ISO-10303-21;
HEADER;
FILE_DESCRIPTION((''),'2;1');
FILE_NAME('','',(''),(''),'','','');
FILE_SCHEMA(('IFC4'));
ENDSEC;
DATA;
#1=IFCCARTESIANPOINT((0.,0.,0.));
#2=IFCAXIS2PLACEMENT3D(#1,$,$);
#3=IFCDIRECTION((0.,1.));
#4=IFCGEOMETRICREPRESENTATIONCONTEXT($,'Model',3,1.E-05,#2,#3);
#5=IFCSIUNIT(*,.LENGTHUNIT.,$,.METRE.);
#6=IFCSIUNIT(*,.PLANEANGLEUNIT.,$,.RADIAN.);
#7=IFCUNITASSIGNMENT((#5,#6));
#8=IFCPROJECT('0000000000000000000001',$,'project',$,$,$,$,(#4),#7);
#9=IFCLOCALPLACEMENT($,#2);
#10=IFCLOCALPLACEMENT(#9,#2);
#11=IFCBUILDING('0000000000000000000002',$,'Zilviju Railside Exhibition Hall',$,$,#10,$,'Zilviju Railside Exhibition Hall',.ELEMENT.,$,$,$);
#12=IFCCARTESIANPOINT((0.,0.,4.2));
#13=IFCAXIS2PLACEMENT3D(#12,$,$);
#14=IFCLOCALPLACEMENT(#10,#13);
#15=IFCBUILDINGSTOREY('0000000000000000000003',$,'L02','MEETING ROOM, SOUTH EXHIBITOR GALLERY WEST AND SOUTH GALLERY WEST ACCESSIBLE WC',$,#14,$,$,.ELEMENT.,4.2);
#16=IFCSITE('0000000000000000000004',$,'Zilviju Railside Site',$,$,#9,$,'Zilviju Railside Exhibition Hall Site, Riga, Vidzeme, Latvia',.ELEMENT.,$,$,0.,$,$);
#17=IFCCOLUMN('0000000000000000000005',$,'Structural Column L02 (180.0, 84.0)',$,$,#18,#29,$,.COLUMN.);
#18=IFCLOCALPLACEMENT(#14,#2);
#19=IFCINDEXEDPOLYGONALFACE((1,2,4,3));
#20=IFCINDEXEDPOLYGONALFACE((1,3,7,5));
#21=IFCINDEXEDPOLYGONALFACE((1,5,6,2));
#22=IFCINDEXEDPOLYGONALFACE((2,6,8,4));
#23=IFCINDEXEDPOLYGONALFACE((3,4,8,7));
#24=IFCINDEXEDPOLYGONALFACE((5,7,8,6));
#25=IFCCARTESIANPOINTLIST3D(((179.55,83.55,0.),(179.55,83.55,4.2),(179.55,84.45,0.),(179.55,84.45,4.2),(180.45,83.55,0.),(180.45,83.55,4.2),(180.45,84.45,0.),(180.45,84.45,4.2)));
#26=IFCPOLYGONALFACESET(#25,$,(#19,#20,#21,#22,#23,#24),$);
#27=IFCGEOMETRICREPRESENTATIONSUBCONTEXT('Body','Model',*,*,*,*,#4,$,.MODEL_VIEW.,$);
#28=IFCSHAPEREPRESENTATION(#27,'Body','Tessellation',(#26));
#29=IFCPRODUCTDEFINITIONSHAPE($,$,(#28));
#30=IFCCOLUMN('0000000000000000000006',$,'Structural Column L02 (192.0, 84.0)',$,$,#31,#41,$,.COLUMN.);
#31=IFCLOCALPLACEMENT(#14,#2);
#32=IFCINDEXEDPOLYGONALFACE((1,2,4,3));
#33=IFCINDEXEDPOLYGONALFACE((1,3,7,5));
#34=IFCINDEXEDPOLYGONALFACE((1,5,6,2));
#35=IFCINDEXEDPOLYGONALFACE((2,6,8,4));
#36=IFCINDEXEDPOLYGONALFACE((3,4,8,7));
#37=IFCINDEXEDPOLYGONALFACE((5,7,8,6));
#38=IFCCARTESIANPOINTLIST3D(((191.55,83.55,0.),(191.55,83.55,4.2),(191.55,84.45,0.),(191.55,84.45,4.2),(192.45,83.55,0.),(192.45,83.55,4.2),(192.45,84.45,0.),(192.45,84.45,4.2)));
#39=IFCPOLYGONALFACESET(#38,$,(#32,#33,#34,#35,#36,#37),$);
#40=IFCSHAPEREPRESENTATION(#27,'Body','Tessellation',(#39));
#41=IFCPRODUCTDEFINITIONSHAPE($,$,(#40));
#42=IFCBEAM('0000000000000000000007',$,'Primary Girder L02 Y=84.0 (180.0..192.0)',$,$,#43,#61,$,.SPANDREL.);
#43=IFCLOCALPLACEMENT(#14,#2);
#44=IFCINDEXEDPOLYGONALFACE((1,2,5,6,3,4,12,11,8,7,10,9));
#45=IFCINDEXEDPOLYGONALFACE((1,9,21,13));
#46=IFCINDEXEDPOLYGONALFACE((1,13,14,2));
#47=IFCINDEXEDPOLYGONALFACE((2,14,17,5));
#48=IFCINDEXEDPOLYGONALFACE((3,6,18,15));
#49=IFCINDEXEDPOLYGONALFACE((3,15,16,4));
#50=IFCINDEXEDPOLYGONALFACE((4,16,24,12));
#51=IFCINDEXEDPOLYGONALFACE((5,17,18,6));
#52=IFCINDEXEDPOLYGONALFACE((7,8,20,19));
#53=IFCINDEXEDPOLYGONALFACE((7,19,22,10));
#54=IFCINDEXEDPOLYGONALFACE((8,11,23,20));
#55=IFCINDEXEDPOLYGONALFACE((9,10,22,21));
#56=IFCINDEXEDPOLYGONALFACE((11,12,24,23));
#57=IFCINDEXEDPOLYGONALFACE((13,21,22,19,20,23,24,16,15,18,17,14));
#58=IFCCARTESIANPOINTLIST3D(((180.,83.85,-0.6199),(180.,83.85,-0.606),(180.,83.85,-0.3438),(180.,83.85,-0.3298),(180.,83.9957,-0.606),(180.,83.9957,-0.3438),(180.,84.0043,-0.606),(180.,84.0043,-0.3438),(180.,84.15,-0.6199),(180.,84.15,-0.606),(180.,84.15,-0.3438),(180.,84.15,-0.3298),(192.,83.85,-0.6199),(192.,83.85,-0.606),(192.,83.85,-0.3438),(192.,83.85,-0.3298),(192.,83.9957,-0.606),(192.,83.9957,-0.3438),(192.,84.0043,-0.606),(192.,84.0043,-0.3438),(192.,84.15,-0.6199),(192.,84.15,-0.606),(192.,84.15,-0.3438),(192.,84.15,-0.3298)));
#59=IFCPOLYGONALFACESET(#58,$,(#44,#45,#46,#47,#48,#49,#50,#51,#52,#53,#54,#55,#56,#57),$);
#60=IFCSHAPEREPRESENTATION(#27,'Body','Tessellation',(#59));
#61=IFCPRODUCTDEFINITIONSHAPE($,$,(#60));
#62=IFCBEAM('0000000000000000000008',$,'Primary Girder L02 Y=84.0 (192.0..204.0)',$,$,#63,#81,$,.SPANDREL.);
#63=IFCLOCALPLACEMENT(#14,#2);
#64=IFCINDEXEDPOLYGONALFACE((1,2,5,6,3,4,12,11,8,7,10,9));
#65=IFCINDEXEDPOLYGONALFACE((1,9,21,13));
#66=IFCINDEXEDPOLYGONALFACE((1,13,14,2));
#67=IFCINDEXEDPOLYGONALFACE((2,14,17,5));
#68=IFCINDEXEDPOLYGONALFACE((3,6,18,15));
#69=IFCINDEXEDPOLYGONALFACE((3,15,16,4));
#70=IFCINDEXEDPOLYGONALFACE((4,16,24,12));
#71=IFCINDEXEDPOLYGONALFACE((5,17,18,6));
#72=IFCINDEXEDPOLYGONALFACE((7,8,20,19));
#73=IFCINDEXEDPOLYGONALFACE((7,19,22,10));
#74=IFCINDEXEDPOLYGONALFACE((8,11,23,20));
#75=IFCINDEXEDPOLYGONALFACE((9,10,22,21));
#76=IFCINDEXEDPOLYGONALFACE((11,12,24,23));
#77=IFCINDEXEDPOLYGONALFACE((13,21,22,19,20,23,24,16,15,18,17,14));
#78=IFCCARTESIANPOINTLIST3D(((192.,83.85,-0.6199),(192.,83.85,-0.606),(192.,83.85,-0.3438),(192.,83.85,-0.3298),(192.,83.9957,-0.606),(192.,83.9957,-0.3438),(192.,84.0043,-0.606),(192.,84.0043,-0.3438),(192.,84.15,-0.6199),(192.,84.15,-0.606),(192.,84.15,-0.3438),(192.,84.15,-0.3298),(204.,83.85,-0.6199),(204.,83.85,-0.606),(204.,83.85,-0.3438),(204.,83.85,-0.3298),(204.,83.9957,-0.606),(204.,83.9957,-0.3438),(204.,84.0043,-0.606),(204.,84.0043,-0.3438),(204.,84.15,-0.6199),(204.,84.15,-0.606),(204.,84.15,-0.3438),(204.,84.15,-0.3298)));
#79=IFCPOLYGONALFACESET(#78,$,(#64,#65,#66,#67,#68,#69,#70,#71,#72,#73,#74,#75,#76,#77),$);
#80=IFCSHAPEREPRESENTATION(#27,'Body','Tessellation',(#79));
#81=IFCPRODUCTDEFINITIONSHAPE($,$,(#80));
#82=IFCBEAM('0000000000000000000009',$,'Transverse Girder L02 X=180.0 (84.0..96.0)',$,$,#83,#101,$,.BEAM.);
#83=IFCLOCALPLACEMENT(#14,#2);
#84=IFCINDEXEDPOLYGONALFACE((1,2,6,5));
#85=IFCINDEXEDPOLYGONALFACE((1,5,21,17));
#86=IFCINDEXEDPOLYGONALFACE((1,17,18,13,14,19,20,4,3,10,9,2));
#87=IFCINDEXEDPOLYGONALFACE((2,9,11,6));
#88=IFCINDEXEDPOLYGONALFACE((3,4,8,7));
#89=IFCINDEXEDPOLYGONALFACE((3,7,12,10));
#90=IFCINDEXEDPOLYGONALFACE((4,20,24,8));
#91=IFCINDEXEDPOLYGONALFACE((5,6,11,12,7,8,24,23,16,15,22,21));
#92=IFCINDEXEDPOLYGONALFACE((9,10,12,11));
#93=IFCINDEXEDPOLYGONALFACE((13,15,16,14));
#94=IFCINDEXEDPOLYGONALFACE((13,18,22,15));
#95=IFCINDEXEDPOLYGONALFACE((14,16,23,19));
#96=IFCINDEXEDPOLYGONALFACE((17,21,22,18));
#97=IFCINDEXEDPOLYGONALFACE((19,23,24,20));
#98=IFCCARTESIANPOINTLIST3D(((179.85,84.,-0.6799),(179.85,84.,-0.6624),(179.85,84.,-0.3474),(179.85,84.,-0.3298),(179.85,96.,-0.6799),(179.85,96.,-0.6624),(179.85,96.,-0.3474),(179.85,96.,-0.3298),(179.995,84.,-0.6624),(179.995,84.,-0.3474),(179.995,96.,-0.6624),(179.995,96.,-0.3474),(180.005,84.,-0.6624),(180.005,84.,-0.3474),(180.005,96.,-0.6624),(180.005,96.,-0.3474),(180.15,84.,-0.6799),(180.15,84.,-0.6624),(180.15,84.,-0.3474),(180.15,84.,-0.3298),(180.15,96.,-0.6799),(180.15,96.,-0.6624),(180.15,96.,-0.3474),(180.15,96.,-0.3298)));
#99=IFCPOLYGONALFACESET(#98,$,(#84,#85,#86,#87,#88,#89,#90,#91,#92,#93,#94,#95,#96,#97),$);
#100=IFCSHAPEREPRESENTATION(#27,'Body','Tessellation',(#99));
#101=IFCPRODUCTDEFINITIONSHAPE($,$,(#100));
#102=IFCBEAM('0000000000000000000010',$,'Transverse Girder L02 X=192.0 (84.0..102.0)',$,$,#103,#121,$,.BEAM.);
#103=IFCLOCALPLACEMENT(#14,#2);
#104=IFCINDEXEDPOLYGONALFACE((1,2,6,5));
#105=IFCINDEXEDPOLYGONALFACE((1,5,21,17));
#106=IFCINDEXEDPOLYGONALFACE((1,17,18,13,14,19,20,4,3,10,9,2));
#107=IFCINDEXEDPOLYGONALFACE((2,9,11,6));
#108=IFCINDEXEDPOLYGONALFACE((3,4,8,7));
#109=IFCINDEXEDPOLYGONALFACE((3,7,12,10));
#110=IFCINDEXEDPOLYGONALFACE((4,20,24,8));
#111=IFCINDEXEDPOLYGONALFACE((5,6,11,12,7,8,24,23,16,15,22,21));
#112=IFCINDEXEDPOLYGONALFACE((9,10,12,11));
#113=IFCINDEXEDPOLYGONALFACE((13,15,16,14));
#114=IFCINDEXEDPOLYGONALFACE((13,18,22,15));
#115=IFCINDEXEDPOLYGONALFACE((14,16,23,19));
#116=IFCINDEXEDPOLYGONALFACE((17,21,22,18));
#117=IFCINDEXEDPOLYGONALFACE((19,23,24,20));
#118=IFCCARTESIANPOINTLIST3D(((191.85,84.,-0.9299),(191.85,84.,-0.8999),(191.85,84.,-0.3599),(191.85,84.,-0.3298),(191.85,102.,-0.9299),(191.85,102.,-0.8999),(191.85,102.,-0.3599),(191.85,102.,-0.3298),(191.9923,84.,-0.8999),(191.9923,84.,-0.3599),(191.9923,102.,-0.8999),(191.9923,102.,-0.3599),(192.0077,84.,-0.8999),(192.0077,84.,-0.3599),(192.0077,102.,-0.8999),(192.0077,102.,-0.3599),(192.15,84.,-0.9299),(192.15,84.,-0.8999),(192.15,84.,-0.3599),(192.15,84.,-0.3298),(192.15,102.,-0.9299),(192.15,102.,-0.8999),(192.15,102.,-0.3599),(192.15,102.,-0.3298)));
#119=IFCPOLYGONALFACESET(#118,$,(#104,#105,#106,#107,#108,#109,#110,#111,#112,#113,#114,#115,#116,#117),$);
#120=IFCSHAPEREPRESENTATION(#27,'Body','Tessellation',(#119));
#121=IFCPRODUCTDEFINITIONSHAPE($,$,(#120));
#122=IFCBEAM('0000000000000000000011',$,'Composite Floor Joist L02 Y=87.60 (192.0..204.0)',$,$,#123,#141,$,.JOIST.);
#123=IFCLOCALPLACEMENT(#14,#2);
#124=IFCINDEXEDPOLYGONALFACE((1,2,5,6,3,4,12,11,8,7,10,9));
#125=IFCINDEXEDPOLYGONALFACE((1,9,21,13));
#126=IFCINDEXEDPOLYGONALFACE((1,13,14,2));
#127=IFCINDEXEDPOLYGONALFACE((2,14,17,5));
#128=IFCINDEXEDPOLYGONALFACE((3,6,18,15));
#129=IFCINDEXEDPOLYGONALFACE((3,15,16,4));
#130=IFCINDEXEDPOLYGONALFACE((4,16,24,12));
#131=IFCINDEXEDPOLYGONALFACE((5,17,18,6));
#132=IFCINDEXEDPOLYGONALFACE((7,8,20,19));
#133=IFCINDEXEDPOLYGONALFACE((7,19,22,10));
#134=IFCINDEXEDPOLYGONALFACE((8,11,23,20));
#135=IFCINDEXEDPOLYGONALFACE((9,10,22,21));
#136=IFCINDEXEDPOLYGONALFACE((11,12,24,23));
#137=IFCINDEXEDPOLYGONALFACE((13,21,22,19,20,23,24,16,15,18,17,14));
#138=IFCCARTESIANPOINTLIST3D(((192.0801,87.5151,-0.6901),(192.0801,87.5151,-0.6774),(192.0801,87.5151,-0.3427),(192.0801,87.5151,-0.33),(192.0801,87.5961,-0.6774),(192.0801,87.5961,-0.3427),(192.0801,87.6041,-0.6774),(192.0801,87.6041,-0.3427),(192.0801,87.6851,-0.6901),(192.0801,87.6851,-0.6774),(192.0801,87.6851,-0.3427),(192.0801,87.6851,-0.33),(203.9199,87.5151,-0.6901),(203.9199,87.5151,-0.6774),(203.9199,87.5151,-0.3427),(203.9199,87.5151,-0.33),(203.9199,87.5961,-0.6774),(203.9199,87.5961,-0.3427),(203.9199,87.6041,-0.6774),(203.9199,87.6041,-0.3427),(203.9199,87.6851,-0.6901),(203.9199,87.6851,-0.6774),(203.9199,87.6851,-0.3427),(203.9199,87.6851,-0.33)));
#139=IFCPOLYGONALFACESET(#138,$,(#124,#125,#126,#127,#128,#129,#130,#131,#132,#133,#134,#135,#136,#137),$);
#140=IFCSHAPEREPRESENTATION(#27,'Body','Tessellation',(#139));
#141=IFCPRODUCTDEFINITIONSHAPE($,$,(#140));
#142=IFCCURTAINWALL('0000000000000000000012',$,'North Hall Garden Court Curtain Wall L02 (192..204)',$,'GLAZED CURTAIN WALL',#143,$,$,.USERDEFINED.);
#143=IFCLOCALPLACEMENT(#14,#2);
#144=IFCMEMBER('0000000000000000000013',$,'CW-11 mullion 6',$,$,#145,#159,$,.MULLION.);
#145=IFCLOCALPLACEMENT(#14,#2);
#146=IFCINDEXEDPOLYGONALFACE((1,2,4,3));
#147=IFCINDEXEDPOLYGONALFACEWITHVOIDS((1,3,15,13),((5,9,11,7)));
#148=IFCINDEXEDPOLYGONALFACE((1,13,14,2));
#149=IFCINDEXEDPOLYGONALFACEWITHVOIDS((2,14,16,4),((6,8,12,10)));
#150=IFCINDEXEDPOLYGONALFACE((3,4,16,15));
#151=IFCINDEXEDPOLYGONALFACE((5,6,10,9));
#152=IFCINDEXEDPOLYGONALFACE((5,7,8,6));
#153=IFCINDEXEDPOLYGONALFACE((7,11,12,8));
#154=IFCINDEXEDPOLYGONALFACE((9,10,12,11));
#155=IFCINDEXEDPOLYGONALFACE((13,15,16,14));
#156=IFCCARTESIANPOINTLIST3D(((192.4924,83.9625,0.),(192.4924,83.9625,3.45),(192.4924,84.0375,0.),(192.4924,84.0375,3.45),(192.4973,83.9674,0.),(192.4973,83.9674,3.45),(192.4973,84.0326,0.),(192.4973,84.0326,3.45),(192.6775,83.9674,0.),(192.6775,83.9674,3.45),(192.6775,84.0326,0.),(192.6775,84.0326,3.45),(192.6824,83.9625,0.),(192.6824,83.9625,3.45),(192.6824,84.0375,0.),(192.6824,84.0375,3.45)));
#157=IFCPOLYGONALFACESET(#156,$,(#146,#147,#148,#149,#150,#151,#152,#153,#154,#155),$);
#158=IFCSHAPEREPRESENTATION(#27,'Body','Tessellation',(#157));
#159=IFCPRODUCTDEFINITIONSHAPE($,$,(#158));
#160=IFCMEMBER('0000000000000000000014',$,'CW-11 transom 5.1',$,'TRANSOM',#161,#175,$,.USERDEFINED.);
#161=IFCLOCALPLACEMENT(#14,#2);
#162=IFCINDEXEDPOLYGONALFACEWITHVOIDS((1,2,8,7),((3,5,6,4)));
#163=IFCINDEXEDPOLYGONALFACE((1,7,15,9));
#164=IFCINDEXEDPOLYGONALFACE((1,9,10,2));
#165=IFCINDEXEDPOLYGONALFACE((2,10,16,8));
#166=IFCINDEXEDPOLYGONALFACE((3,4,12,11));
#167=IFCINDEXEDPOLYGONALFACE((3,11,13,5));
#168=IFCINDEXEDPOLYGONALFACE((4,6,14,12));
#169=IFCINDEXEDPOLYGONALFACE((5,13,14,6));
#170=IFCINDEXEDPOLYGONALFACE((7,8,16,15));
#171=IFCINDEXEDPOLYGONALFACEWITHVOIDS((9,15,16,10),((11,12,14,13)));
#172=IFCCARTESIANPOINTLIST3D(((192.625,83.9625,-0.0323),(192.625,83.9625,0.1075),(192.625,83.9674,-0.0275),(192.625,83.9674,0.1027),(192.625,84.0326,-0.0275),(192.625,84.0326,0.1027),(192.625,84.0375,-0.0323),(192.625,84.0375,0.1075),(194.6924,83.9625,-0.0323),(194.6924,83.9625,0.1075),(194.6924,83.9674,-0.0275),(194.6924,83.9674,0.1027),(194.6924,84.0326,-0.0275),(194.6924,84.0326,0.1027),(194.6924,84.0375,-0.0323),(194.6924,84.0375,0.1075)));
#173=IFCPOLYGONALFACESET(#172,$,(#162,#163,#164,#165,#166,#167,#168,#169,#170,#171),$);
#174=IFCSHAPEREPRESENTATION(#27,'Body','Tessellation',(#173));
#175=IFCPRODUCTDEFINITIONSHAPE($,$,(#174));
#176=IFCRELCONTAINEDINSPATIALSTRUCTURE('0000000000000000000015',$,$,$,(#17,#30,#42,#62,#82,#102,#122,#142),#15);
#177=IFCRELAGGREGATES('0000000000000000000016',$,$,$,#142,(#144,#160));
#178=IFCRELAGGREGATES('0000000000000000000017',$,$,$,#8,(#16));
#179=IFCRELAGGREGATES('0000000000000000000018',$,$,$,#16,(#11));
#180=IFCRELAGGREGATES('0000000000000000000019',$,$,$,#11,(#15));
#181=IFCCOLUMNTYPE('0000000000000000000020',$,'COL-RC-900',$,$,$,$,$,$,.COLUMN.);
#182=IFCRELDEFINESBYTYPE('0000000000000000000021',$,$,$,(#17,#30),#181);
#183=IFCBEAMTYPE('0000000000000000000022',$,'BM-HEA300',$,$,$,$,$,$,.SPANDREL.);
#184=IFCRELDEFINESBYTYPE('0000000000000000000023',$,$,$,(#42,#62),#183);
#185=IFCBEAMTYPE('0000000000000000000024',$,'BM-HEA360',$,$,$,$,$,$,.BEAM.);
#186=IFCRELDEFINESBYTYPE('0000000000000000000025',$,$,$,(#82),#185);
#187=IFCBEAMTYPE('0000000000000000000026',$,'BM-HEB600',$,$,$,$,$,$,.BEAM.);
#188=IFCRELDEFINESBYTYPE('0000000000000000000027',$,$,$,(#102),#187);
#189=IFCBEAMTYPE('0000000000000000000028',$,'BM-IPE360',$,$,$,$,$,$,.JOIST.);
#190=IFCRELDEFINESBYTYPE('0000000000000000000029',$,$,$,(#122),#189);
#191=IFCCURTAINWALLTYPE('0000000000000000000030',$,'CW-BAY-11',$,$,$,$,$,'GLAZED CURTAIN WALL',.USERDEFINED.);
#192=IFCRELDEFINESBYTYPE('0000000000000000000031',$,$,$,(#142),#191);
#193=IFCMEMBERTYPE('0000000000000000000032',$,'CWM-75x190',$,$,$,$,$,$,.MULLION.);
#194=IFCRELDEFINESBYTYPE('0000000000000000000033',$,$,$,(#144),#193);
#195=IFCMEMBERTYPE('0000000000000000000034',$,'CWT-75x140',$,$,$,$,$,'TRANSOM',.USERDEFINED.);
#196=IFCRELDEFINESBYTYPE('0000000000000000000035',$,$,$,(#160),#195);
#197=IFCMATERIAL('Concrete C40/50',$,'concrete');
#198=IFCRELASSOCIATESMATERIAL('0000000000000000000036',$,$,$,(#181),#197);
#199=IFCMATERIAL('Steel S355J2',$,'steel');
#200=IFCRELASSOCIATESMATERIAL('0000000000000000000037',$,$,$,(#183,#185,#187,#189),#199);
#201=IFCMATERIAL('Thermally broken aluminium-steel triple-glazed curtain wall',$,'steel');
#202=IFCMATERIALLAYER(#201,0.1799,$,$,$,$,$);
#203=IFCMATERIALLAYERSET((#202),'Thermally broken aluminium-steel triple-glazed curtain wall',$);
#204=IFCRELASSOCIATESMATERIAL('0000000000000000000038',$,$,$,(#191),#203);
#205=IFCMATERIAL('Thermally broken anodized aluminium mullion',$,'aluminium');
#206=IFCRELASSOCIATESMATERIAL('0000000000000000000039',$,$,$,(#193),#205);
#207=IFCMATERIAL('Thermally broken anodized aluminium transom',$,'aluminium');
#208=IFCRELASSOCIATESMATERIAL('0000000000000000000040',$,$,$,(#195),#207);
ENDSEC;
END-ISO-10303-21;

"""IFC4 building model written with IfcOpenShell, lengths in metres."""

from ifc_helpers import new_model, si_unit, direction, frame, origin, origin_2d, place, context, subcontext, project, spatial, rectangle, hollow_rectangle, i_section, extrude, material, layer, layer_set, material_profile, profile_set, type_object, element, aggregate, save


model = new_model("IFC4")

# Units and contexts
model_context = context("Model", 3, precision=1e-05, world=origin(), true_north=direction((0.0, 1.0)))
body_context = subcontext(model_context, "Body", "Model", "MODEL_VIEW")
ifc_project = project(units=[si_unit("LENGTHUNIT", "METRE"), si_unit("PLANEANGLEUNIT", "RADIAN")], contexts=[model_context])

# Site, building, storey
site_placement = place(None, origin())
site = spatial("IfcSite", under=ifc_project, at=site_placement, Name="Zilviju Railside Site", LongName="Zilviju Railside Exhibition Hall Site, Riga, Vidzeme, Latvia", CompositionType="ELEMENT", RefElevation=0.0)
building_placement = place(site_placement, origin())
building = spatial("IfcBuilding", under=site, at=building_placement, Name="Zilviju Railside Exhibition Hall", LongName="Zilviju Railside Exhibition Hall", CompositionType="ELEMENT")
storey_placement = place(building_placement, frame((0.0, 0.0, 4.2)))
storey = spatial("IfcBuildingStorey", under=building, at=storey_placement, Name="L02", Description="MEETING ROOM, SOUTH EXHIBITOR GALLERY WEST AND SOUTH GALLERY WEST ACCESSIBLE WC", CompositionType="ELEMENT", Elevation=4.2)

# Columns
ifc_material_1 = material(Name="Concrete C40/50", Category="concrete")
ifc_material_profile_1 = material_profile(ifc_material_1, rectangle(XDim=0.8999, YDim=0.8999, at=origin_2d()), Name="RC COL 900x900")
ifc_profile_set_1 = profile_set([ifc_material_profile_1], Name="Concrete C40/50")
column_type = type_object("IfcColumnType", Name="COL-RC-900", PredefinedType="COLUMN", material=ifc_profile_set_1)
for number, where, z_axis, x_axis, name in (
    (1, (180.0, 84.0, 0.0), (0.0, 0.0, 1.0), (1.0, 0.0, 0.0), "Structural Column L02 (180.0, 84.0)"),
    (2, (192.0, 84.0, 0.0), (0.0, 0.0, 1.0), (1.0, 0.0, 0.0), "Structural Column L02 (192.0, 84.0)"),
):
    element("IfcColumn", number, at=place(storey_placement, frame(where, z_axis=z_axis, x_axis=x_axis)), inside=storey, type_object=column_type, Name=name, PredefinedType="COLUMN", context=body_context, shape_type="SweptSolid", body=[
        extrude(rectangle(XDim=0.8999, YDim=0.8999, at=origin_2d()), origin(), (0.0, 0.0, 1.0), 4.2),
    ])

# Beams
ifc_material_2 = material(Name="Steel S355J2", Category="steel")
ifc_material_profile_2 = material_profile(ifc_material_2, i_section(OverallWidth=0.3, OverallDepth=0.29, WebThickness=0.0085, FlangeThickness=0.0139, at=origin_2d()), Name="HEA 300")
ifc_profile_set_2 = profile_set([ifc_material_profile_2], Name="Steel S355J2")
beam_type_1 = type_object("IfcBeamType", Name="BM-HEA300", PredefinedType="SPANDREL", material=ifc_profile_set_2)
for number, where, z_axis, x_axis, name in (
    (3, (180.0, 84.0, -0.4749), (1.0, 0.0, 0.0), (0.0, 1.0, 0.0), "Primary Girder L02 Y=84.0 (180.0..192.0)"),
    (4, (192.0, 84.0, -0.4749), (1.0, 0.0, 0.0), (0.0, 1.0, 0.0), "Primary Girder L02 Y=84.0 (192.0..204.0)"),
):
    element("IfcBeam", number, at=place(storey_placement, frame(where, z_axis=z_axis, x_axis=x_axis)), inside=storey, type_object=beam_type_1, Name=name, PredefinedType="SPANDREL", context=body_context, shape_type="SweptSolid", body=[
        extrude(i_section(OverallWidth=0.3, OverallDepth=0.29, WebThickness=0.0085, FlangeThickness=0.0139, at=origin_2d()), origin(), (0.0, 0.0, 1.0), 12.0),
    ])
ifc_material_profile_3 = material_profile(ifc_material_2, i_section(OverallWidth=0.3, OverallDepth=0.3501, WebThickness=0.01, FlangeThickness=0.0176, at=origin_2d()), Name="HEA 360")
ifc_profile_set_3 = profile_set([ifc_material_profile_3], Name="Steel S355J2")
beam_type_2 = type_object("IfcBeamType", Name="BM-HEA360", PredefinedType="BEAM", material=ifc_profile_set_3)
beam_1_placement = place(storey_placement, frame((180.0, 84.0, -0.5049), z_axis=(0.0, 1.0, 0.0), x_axis=(-1.0, 0.0, 0.0)))
element("IfcBeam", 5, at=beam_1_placement, inside=storey, type_object=beam_type_2, Name="Transverse Girder L02 X=180.0 (84.0..96.0)", PredefinedType="BEAM", context=body_context, shape_type="SweptSolid", body=[
    extrude(i_section(OverallWidth=0.3, OverallDepth=0.3501, WebThickness=0.01, FlangeThickness=0.0176, at=origin_2d()), origin(), (0.0, 0.0, 1.0), 12.0),
])
ifc_material_profile_4 = material_profile(ifc_material_2, i_section(OverallWidth=0.3, OverallDepth=0.6001, WebThickness=0.0154, FlangeThickness=0.03, at=origin_2d()), Name="HEB 600")
ifc_profile_set_4 = profile_set([ifc_material_profile_4], Name="Steel S355J2")
beam_type_3 = type_object("IfcBeamType", Name="BM-HEB600", PredefinedType="BEAM", material=ifc_profile_set_4)
beam_2_placement = place(storey_placement, frame((192.0, 84.0, -0.6299), z_axis=(0.0, 1.0, 0.0), x_axis=(-1.0, 0.0, 0.0)))
element("IfcBeam", 6, at=beam_2_placement, inside=storey, type_object=beam_type_3, Name="Transverse Girder L02 X=192.0 (84.0..102.0)", PredefinedType="BEAM", context=body_context, shape_type="SweptSolid", body=[
    extrude(i_section(OverallWidth=0.3, OverallDepth=0.6001, WebThickness=0.0154, FlangeThickness=0.03, at=origin_2d()), origin(), (0.0, 0.0, 1.0), 18.0),
])
ifc_material_profile_5 = material_profile(ifc_material_2, i_section(OverallWidth=0.1699, OverallDepth=0.3601, WebThickness=0.0081, FlangeThickness=0.0127, at=origin_2d()), Name="IPE 360")
ifc_profile_set_5 = profile_set([ifc_material_profile_5], Name="Steel S355J2")
beam_type_4 = type_object("IfcBeamType", Name="BM-IPE360", PredefinedType="JOIST", material=ifc_profile_set_5)
beam_3_placement = place(storey_placement, frame((192.0801, 87.6001, -0.51), z_axis=(1.0, 0.0, 0.0), x_axis=(0.0, 1.0, 0.0)))
element("IfcBeam", 7, at=beam_3_placement, inside=storey, type_object=beam_type_4, Name="Composite Floor Joist L02 Y=87.60 (192.0..204.0)", PredefinedType="JOIST", context=body_context, shape_type="SweptSolid", body=[
    extrude(i_section(OverallWidth=0.1699, OverallDepth=0.3601, WebThickness=0.0081, FlangeThickness=0.0127, at=origin_2d()), origin(), (0.0, 0.0, 1.0), 11.8398),
])

# Curtain wall, members
ifc_material_3 = material(Name="Thermally broken aluminium-steel triple-glazed curtain wall", Category="steel")
ifc_layer_1 = layer(ifc_material_3, 0.1799)
ifc_layer_set_1 = layer_set([ifc_layer_1], Name="Thermally broken aluminium-steel triple-glazed curtain wall")
curtain_wall_type = type_object("IfcCurtainWallType", Name="CW-BAY-11", ElementType="GLAZED CURTAIN WALL", PredefinedType="USERDEFINED", material=ifc_layer_set_1)
curtain_wall_placement = place(storey_placement, origin())
curtain_wall = element("IfcCurtainWall", 8, at=curtain_wall_placement, inside=storey, type_object=curtain_wall_type, Name="North Hall Garden Court Curtain Wall L02 (192..204)", ObjectType="GLAZED CURTAIN WALL", PredefinedType="USERDEFINED")
ifc_material_4 = material(Name="Thermally broken anodized aluminium mullion", Category="aluminium")
ifc_material_profile_6 = material_profile(ifc_material_4, hollow_rectangle(XDim=0.075, YDim=0.1899, WallThickness=0.0049, at=origin_2d()), Name="MULLION 190x75x5")
ifc_profile_set_6 = profile_set([ifc_material_profile_6], Name="Thermally broken anodized aluminium mullion")
member_type_1 = type_object("IfcMemberType", Name="CWM-75x190", PredefinedType="MULLION", material=ifc_profile_set_6)
member_1_placement = place(storey_placement, frame((192.5874, 84.0, 0.0), z_axis=(0.0, 0.0, 1.0), x_axis=(0.0, -1.0, 0.0)))
member_1 = element("IfcMember", 9, at=member_1_placement, type_object=member_type_1, Name="CW-11 mullion 6", PredefinedType="MULLION", context=body_context, shape_type="SweptSolid", body=[
    extrude(hollow_rectangle(XDim=0.075, YDim=0.1899, WallThickness=0.0049, at=origin_2d()), origin(), (0.0, 0.0, 1.0), 3.45),
])
ifc_material_5 = material(Name="Thermally broken anodized aluminium transom", Category="aluminium")
ifc_material_profile_7 = material_profile(ifc_material_5, hollow_rectangle(XDim=0.075, YDim=0.1399, WallThickness=0.0049, at=origin_2d()), Name="TRANSOM 140x75x5")
ifc_profile_set_7 = profile_set([ifc_material_profile_7], Name="Thermally broken anodized aluminium transom")
member_type_2 = type_object("IfcMemberType", Name="CWT-75x140", ElementType="TRANSOM", PredefinedType="USERDEFINED", material=ifc_profile_set_7)
member_2_placement = place(storey_placement, frame((194.6924, 84.0, 0.0376), z_axis=(-1.0, 0.0, 0.0), x_axis=(0.0, -1.0, 0.0)))
member_2 = element("IfcMember", 10, at=member_2_placement, type_object=member_type_2, Name="CW-11 transom 5.1", ObjectType="TRANSOM", PredefinedType="USERDEFINED", context=body_context, shape_type="SweptSolid", body=[
    extrude(hollow_rectangle(XDim=0.075, YDim=0.1399, WallThickness=0.0049, at=origin_2d()), origin(), (0.0, 0.0, 1.0), 2.0674),
])
aggregate(curtain_wall, [member_1, member_2])

save(model, "model.ifc")
